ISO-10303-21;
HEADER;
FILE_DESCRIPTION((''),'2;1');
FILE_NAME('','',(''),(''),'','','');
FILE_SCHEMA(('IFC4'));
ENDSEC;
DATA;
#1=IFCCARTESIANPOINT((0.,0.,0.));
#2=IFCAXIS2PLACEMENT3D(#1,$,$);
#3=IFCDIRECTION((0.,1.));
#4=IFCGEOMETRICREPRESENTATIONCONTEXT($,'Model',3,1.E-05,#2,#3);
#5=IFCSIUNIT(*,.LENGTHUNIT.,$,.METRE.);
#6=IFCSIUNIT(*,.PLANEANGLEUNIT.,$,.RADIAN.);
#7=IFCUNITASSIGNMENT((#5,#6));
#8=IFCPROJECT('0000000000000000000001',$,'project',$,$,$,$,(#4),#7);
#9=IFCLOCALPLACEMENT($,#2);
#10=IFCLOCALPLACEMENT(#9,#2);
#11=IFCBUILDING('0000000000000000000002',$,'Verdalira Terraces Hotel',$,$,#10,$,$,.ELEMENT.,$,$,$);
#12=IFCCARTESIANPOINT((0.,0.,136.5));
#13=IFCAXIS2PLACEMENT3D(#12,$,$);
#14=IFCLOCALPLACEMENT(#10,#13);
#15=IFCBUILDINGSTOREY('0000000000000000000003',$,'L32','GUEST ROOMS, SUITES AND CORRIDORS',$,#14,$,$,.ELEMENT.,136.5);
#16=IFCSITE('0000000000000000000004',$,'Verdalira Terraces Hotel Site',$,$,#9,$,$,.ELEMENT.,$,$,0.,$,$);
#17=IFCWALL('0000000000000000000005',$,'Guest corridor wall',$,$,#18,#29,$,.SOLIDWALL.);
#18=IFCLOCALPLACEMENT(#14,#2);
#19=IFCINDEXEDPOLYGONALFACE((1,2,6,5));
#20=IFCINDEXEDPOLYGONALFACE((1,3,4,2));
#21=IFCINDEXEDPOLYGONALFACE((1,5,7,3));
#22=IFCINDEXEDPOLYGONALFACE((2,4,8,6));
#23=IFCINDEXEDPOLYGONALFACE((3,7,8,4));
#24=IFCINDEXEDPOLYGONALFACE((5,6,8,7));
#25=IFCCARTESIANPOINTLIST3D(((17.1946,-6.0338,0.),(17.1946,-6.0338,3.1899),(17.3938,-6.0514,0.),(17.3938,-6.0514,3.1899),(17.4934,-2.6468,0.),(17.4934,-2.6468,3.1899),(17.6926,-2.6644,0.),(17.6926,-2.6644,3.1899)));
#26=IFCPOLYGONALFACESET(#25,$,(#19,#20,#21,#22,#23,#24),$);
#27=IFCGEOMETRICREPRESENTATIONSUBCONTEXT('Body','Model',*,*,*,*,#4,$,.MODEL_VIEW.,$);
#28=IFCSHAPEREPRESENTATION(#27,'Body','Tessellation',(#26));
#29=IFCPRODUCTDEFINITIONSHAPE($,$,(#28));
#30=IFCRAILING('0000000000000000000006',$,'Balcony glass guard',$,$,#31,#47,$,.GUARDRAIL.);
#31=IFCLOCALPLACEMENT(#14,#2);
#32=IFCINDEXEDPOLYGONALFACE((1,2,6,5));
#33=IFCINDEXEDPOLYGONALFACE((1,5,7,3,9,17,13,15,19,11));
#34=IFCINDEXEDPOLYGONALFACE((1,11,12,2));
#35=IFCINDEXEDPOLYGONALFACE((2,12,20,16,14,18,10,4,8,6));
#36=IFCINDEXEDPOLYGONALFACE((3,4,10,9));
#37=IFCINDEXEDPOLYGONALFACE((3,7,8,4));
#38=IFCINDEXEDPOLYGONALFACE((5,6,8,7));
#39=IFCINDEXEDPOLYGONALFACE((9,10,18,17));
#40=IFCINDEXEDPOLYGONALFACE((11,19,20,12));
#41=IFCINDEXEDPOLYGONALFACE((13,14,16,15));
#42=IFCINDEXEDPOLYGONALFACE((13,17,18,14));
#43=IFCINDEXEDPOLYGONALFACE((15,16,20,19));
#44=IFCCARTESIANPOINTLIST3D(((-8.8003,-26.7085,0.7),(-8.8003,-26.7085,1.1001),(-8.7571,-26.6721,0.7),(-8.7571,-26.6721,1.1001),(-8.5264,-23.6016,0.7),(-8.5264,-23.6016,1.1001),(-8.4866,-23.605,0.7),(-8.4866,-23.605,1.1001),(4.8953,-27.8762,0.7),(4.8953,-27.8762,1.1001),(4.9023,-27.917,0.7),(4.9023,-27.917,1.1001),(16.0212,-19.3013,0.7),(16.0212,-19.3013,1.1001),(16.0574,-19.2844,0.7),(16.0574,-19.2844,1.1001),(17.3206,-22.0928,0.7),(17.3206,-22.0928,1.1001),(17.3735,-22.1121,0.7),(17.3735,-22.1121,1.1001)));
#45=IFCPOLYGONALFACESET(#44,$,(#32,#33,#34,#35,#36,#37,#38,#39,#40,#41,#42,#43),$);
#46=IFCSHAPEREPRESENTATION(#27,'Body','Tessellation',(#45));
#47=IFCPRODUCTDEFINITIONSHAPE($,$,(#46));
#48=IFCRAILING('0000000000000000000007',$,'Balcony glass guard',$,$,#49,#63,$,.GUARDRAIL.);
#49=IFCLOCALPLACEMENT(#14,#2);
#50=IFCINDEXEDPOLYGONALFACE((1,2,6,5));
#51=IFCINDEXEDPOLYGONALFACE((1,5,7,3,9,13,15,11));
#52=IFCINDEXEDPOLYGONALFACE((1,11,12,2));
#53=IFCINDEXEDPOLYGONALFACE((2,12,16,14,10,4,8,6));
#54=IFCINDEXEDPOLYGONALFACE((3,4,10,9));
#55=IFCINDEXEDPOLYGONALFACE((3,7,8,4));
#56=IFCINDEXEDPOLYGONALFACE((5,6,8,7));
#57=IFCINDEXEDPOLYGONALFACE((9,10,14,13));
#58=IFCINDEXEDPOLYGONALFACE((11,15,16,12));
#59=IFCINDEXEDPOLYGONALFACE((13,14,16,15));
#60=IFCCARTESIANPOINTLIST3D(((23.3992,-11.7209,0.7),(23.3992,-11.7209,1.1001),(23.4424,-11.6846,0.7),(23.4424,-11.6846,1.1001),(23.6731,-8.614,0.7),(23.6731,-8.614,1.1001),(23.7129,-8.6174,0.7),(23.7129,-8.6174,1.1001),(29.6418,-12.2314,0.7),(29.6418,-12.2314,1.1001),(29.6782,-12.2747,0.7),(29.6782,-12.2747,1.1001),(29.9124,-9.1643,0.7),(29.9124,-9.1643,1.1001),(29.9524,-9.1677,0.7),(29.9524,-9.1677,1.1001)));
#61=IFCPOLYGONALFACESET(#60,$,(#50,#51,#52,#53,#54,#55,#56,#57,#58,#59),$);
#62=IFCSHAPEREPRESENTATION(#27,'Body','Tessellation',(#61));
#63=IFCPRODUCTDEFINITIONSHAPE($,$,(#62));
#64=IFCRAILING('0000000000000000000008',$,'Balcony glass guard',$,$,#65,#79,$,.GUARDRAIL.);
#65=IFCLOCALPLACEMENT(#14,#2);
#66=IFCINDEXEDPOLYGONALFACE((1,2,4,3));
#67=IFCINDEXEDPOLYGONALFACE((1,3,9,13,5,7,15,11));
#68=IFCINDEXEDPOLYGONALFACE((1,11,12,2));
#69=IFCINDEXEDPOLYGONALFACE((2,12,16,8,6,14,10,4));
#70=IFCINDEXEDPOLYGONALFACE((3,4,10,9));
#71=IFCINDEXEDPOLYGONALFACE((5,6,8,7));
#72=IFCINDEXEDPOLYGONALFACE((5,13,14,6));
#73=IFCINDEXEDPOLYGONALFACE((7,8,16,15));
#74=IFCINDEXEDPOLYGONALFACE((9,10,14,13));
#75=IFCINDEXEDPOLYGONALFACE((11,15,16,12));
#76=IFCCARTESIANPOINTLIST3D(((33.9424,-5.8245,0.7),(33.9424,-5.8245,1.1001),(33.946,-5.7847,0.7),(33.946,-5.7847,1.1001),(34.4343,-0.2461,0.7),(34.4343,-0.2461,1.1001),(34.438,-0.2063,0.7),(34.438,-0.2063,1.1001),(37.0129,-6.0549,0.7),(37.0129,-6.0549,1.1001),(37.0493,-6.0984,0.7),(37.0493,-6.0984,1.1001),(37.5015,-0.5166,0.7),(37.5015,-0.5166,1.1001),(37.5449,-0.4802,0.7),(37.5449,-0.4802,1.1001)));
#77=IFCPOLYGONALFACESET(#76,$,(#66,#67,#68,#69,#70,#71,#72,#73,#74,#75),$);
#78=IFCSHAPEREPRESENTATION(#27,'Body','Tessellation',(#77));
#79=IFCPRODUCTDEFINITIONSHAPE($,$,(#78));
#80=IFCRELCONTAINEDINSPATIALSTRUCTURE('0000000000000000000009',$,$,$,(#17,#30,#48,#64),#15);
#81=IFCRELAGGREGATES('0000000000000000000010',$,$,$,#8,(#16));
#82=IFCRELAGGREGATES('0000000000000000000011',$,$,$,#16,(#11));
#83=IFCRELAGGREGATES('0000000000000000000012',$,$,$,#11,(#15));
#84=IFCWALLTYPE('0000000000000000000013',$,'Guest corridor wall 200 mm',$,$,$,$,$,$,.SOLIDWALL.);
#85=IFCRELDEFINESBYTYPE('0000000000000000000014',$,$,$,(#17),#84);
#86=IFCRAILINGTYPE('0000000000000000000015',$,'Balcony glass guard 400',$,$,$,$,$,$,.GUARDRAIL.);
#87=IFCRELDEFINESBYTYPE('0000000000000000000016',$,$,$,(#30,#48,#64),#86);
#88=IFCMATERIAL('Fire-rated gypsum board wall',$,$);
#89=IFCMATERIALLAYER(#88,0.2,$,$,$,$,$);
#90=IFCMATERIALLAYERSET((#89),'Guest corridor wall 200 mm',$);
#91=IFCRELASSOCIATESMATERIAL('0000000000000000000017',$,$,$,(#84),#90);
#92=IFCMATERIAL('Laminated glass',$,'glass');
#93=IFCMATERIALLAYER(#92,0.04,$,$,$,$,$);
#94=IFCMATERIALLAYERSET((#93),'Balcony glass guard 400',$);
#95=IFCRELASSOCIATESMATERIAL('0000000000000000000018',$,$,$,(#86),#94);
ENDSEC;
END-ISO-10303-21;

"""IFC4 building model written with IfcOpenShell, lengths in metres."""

from ifc_helpers import new_model, si_unit, direction, frame, frame_2d, origin, place, context, subcontext, project, spatial, polyline, rectangle, outline, extrude, material, layer, layer_set, type_object, element, save


model = new_model("IFC4")

# Units and contexts
model_context = context("Model", 3, precision=1e-05, world=origin(), true_north=direction((0.0, 1.0)))
body_context = subcontext(model_context, "Body", "Model", "MODEL_VIEW")
ifc_project = project(units=[si_unit("LENGTHUNIT", "METRE"), si_unit("PLANEANGLEUNIT", "RADIAN")], contexts=[model_context])

# Site, building, storey
site_placement = place(None, origin())
site = spatial("IfcSite", under=ifc_project, at=site_placement, Name="Verdalira Terraces Hotel Site", CompositionType="ELEMENT", RefElevation=0.0)
building_placement = place(site_placement, origin())
building = spatial("IfcBuilding", under=site, at=building_placement, Name="Verdalira Terraces Hotel", CompositionType="ELEMENT")
storey_placement = place(building_placement, frame((0.0, 0.0, 136.5)))
storey = spatial("IfcBuildingStorey", under=building, at=storey_placement, Name="L32", Description="GUEST ROOMS, SUITES AND CORRIDORS", CompositionType="ELEMENT", Elevation=136.5)

# Wall
ifc_material_1 = material(Name="Fire-rated gypsum board wall")
ifc_layer_1 = layer(ifc_material_1, 0.2)
ifc_layer_set_1 = layer_set([ifc_layer_1], Name="Guest corridor wall 200 mm")
wall_type_1 = type_object("IfcWallType", Name="Guest corridor wall 200 mm", PredefinedType="SOLIDWALL", material=ifc_layer_set_1)
wall_1_placement = place(storey_placement, frame((17.2942, -6.0427, 0.0), z_axis=(0.0, 0.0, 1.0), x_axis=(0.087888, 0.99613, 0.0)))
element("IfcWall", 1, at=wall_1_placement, inside=storey, type_object=wall_type_1, Name="Guest corridor wall", PredefinedType="SOLIDWALL", context=body_context, shape_type="SweptSolid", body=[
    extrude(rectangle(XDim=3.4001, YDim=0.2, at=frame_2d((1.7002, 0.0))), origin(), (0.0, 0.0, 1.0), 3.1899),
])

# Railings
ifc_material_2 = material(Name="Laminated glass", Category="glass")
ifc_layer_2 = layer(ifc_material_2, 0.04)
ifc_layer_set_2 = layer_set([ifc_layer_2], Name="Balcony glass guard 400")
railing_type = type_object("IfcRailingType", Name="Balcony glass guard 400", PredefinedType="GUARDRAIL", material=ifc_layer_set_2)
railing_1_placement = place(storey_placement, frame((0.0, 0.0, 0.7)))
element("IfcRailing", 2, at=railing_1_placement, inside=storey, type_object=railing_type, Name="Balcony glass guard", PredefinedType="GUARDRAIL", context=body_context, shape_type="SweptSolid", body=[
    extrude(outline(polyline([(-8.7571, -26.6721), (4.8953, -27.8762), (17.3206, -22.0928), (16.0212, -19.3013), (16.0574, -19.2844), (17.3735, -22.1121), (4.9023, -27.917), (-8.8003, -26.7085), (-8.5264, -23.6016), (-8.4866, -23.605), (-8.7571, -26.6721)])), origin(), (0.0, 0.0, 1.0), 0.4001),
])
railing_2_placement = place(storey_placement, frame((0.0, 0.0, 0.7)))
element("IfcRailing", 3, at=railing_2_placement, inside=storey, type_object=railing_type, Name="Balcony glass guard", PredefinedType="GUARDRAIL", context=body_context, shape_type="SweptSolid", body=[
    extrude(outline(polyline([(23.4424, -11.6846), (29.6418, -12.2314), (29.9124, -9.1643), (29.9524, -9.1677), (29.6782, -12.2747), (23.3992, -11.7209), (23.6731, -8.614), (23.7129, -8.6174), (23.4424, -11.6846)])), origin(), (0.0, 0.0, 1.0), 0.4001),
])
railing_3_placement = place(storey_placement, frame((0.0, 0.0, 0.7)))
element("IfcRailing", 4, at=railing_3_placement, inside=storey, type_object=railing_type, Name="Balcony glass guard", PredefinedType="GUARDRAIL", context=body_context, shape_type="SweptSolid", body=[
    extrude(outline(polyline([(37.0129, -6.0549), (37.5015, -0.5166), (34.4343, -0.2461), (34.438, -0.2063), (37.5449, -0.4802), (37.0493, -6.0984), (33.9424, -5.8245), (33.946, -5.7847), (37.0129, -6.0549)])), origin(), (0.0, 0.0, 1.0), 0.4001),
])

save(model, "model.ifc")
